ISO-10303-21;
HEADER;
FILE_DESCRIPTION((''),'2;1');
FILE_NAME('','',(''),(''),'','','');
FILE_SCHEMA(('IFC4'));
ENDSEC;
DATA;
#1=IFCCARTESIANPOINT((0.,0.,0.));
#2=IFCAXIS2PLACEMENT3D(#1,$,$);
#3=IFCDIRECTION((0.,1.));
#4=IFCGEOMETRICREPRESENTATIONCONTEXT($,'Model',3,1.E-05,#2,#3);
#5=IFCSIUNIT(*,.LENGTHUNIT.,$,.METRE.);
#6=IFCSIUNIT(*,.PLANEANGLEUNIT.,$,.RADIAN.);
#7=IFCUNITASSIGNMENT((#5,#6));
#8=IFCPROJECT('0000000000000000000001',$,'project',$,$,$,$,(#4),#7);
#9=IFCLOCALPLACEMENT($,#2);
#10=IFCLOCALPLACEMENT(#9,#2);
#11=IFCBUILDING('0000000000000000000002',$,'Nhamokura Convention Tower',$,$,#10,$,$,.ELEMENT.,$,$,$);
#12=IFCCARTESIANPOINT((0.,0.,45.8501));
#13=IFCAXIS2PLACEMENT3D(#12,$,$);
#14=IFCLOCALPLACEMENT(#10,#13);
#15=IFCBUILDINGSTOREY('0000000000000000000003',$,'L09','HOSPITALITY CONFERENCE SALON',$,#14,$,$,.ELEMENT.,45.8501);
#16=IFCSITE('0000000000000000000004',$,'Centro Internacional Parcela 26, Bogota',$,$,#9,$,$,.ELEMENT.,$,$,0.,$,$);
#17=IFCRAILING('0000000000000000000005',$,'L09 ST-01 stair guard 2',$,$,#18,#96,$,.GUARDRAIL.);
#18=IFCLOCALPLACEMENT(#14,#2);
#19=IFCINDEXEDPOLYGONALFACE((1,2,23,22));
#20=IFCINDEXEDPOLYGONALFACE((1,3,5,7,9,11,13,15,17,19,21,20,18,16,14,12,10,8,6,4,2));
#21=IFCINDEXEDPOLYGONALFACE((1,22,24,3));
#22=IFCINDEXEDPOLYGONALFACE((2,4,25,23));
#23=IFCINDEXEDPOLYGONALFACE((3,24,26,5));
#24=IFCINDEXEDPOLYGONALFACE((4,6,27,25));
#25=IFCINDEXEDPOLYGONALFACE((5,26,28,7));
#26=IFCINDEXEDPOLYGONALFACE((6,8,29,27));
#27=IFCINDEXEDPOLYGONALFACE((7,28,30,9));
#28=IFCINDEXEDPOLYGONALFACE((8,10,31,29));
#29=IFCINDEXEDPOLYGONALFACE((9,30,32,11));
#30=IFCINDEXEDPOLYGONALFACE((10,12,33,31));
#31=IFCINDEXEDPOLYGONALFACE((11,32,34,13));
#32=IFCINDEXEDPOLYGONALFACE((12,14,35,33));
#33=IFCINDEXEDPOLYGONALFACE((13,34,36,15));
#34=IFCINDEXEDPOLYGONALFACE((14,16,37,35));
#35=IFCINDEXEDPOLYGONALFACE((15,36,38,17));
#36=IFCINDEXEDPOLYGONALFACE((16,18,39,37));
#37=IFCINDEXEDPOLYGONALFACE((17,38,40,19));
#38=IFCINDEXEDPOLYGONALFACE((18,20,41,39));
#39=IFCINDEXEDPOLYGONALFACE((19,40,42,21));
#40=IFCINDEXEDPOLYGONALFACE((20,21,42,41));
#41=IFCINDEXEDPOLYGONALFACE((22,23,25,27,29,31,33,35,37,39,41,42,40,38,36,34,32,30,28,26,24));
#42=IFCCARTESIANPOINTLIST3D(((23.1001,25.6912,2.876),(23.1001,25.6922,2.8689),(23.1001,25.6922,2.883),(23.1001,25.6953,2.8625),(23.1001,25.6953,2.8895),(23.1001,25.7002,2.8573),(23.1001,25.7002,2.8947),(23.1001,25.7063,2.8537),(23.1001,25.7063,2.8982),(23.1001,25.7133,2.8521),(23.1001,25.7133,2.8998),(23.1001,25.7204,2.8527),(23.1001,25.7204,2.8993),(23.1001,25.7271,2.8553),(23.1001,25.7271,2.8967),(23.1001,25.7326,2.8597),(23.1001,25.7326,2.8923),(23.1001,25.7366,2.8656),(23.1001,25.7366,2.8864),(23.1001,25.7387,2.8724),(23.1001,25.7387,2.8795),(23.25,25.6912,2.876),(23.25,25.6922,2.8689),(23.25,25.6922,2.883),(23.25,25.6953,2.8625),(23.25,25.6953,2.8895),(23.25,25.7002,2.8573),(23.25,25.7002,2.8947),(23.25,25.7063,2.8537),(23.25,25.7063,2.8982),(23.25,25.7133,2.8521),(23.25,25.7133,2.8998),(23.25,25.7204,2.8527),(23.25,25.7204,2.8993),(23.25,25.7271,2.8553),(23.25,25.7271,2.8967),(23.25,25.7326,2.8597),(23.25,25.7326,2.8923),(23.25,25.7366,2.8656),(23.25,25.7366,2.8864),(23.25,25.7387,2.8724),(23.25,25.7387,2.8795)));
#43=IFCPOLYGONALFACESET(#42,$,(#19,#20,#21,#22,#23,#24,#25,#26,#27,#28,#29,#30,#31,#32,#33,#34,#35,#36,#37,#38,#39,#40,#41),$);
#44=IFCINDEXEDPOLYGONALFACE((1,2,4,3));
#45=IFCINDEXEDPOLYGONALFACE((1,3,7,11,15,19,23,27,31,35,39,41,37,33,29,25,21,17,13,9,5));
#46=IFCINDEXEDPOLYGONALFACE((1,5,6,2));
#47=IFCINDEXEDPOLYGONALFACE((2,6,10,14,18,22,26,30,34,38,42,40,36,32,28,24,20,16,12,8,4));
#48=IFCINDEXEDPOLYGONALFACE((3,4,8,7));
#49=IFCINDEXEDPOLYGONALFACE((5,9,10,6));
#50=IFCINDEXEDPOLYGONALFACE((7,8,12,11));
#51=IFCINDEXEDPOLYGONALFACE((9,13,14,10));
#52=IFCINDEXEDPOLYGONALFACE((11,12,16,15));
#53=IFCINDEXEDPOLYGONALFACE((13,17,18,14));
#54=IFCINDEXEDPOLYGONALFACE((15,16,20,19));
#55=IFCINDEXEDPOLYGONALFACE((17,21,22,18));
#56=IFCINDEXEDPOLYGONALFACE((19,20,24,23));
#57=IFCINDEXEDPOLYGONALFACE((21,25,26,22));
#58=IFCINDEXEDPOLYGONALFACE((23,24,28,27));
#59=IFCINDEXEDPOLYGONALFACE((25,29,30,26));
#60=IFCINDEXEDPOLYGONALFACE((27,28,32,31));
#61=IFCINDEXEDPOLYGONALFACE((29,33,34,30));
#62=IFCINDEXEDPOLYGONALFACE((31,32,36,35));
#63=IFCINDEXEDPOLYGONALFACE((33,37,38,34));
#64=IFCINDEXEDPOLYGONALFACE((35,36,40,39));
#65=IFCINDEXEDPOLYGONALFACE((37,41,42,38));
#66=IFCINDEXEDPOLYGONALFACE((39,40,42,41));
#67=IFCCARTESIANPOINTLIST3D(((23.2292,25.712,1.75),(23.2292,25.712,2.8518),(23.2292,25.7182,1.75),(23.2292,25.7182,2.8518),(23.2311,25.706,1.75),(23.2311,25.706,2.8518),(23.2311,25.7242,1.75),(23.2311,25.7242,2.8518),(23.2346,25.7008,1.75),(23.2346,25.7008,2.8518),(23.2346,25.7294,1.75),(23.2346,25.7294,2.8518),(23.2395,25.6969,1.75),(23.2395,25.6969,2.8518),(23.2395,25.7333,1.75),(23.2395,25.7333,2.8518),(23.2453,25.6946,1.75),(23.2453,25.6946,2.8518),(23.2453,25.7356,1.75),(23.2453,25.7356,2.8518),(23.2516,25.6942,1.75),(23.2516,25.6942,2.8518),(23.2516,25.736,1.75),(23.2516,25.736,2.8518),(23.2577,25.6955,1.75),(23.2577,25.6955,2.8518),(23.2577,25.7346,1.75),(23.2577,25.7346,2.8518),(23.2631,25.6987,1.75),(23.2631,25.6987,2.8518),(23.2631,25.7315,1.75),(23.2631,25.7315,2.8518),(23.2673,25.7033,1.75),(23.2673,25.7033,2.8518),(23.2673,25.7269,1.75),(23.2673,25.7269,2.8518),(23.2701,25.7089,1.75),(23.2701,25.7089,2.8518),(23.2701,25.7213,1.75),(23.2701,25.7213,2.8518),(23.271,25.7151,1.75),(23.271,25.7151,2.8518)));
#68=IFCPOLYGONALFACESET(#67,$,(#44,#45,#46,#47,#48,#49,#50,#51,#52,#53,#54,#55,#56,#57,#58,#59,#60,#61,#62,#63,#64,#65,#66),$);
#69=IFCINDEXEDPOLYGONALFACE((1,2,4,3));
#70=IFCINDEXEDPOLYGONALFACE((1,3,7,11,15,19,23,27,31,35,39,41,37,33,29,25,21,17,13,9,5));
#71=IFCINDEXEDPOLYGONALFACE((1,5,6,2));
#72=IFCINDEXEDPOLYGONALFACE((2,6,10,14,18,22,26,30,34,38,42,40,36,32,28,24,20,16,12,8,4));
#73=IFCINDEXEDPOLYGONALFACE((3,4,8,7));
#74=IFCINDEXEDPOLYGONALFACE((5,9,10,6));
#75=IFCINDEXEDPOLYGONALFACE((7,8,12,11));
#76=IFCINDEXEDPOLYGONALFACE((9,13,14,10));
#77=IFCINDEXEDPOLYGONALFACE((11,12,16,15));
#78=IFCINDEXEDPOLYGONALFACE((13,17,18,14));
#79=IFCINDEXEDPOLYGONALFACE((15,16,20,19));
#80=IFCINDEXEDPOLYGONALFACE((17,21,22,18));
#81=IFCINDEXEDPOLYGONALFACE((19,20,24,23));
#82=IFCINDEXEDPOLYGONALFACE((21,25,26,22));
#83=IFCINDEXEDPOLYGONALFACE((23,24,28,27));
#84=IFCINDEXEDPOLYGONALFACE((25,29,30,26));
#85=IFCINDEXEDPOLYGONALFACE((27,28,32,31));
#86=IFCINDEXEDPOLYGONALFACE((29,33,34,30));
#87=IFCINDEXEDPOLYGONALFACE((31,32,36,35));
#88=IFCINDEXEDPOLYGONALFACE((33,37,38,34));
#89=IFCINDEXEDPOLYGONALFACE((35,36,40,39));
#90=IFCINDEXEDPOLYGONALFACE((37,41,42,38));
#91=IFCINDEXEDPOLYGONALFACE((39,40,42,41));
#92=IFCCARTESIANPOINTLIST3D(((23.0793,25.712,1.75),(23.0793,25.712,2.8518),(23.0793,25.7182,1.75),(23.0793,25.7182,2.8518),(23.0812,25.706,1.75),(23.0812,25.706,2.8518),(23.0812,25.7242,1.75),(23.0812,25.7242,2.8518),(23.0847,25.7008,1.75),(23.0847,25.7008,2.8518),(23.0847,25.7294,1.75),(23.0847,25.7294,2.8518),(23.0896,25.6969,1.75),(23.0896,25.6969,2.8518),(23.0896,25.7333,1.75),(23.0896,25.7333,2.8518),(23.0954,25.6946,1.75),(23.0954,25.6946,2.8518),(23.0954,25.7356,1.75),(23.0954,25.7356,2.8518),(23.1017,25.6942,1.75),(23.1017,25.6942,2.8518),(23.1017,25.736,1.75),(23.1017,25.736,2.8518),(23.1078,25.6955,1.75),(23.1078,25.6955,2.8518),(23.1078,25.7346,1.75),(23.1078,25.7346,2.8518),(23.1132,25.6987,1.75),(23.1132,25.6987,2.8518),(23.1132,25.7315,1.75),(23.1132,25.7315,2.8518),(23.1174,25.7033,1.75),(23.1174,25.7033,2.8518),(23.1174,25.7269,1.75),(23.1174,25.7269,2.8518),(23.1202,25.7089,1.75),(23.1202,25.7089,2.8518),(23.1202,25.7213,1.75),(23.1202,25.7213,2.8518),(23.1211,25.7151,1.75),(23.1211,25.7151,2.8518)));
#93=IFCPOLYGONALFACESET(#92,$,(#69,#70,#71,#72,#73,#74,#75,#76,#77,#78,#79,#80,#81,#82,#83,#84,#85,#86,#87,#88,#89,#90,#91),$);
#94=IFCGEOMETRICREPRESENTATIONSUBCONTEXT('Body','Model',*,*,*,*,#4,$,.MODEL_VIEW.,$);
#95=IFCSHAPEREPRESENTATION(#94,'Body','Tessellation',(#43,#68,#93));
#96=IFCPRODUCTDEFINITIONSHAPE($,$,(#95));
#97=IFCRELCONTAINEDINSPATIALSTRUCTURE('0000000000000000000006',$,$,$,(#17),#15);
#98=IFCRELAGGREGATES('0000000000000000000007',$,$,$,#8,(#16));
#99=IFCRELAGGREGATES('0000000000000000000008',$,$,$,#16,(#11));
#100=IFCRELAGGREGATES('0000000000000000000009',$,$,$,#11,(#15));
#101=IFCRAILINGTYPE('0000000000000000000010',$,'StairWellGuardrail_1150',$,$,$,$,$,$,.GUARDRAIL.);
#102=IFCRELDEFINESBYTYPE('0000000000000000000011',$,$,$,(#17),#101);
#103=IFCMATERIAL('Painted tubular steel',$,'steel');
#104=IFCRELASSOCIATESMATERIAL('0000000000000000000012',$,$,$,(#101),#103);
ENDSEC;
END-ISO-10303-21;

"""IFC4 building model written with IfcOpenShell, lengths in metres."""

from ifc_helpers import new_model, si_unit, direction, frame, origin, origin_2d, place, context, subcontext, project, spatial, circle, extrude, material, type_object, element, save


model = new_model("IFC4")

# Units and contexts
model_context = context("Model", 3, precision=1e-05, world=origin(), true_north=direction((0.0, 1.0)))
body_context = subcontext(model_context, "Body", "Model", "MODEL_VIEW")
ifc_project = project(units=[si_unit("LENGTHUNIT", "METRE"), si_unit("PLANEANGLEUNIT", "RADIAN")], contexts=[model_context])

# Site, building, storey
site_placement = place(None, origin())
site = spatial("IfcSite", under=ifc_project, at=site_placement, Name="Centro Internacional Parcela 26, Bogota", CompositionType="ELEMENT", RefElevation=0.0)
building_placement = place(site_placement, origin())
building = spatial("IfcBuilding", under=site, at=building_placement, Name="Nhamokura Convention Tower", CompositionType="ELEMENT")
storey_placement = place(building_placement, frame((0.0, 0.0, 45.8501)))
storey = spatial("IfcBuildingStorey", under=building, at=storey_placement, Name="L09", Description="HOSPITALITY CONFERENCE SALON", CompositionType="ELEMENT", Elevation=45.8501)

# Railing
ifc_material_1 = material(Name="Painted tubular steel", Category="steel")
railing_type_1 = type_object("IfcRailingType", Name="StairWellGuardrail_1150", PredefinedType="GUARDRAIL", material=ifc_material_1)
railing_1_placement = place(storey_placement, frame((23.25, 25.7151, 1.75)))
element("IfcRailing", 1, at=railing_1_placement, inside=storey, type_object=railing_type_1, Name="L09 ST-01 stair guard 2", PredefinedType="GUARDRAIL", context=body_context, shape_type="SweptSolid", body=[
    extrude(circle(Radius=0.0239, at=origin_2d()), frame((0.0, 0.0, 1.126), z_axis=(-1.0, 0.0, 0.0), x_axis=(0.0, -1.0, 0.0)), (0.0, 0.0, 1.0), 0.1499),
    extrude(circle(Radius=0.021, at=origin_2d()), origin(), (0.0, 0.0, 1.0), 1.1018),
    extrude(circle(Radius=0.021, at=origin_2d()), frame((-0.1499, 0.0, 0.0)), (0.0, 0.0, 1.0), 1.1018),
])

save(model, "model.ifc")
